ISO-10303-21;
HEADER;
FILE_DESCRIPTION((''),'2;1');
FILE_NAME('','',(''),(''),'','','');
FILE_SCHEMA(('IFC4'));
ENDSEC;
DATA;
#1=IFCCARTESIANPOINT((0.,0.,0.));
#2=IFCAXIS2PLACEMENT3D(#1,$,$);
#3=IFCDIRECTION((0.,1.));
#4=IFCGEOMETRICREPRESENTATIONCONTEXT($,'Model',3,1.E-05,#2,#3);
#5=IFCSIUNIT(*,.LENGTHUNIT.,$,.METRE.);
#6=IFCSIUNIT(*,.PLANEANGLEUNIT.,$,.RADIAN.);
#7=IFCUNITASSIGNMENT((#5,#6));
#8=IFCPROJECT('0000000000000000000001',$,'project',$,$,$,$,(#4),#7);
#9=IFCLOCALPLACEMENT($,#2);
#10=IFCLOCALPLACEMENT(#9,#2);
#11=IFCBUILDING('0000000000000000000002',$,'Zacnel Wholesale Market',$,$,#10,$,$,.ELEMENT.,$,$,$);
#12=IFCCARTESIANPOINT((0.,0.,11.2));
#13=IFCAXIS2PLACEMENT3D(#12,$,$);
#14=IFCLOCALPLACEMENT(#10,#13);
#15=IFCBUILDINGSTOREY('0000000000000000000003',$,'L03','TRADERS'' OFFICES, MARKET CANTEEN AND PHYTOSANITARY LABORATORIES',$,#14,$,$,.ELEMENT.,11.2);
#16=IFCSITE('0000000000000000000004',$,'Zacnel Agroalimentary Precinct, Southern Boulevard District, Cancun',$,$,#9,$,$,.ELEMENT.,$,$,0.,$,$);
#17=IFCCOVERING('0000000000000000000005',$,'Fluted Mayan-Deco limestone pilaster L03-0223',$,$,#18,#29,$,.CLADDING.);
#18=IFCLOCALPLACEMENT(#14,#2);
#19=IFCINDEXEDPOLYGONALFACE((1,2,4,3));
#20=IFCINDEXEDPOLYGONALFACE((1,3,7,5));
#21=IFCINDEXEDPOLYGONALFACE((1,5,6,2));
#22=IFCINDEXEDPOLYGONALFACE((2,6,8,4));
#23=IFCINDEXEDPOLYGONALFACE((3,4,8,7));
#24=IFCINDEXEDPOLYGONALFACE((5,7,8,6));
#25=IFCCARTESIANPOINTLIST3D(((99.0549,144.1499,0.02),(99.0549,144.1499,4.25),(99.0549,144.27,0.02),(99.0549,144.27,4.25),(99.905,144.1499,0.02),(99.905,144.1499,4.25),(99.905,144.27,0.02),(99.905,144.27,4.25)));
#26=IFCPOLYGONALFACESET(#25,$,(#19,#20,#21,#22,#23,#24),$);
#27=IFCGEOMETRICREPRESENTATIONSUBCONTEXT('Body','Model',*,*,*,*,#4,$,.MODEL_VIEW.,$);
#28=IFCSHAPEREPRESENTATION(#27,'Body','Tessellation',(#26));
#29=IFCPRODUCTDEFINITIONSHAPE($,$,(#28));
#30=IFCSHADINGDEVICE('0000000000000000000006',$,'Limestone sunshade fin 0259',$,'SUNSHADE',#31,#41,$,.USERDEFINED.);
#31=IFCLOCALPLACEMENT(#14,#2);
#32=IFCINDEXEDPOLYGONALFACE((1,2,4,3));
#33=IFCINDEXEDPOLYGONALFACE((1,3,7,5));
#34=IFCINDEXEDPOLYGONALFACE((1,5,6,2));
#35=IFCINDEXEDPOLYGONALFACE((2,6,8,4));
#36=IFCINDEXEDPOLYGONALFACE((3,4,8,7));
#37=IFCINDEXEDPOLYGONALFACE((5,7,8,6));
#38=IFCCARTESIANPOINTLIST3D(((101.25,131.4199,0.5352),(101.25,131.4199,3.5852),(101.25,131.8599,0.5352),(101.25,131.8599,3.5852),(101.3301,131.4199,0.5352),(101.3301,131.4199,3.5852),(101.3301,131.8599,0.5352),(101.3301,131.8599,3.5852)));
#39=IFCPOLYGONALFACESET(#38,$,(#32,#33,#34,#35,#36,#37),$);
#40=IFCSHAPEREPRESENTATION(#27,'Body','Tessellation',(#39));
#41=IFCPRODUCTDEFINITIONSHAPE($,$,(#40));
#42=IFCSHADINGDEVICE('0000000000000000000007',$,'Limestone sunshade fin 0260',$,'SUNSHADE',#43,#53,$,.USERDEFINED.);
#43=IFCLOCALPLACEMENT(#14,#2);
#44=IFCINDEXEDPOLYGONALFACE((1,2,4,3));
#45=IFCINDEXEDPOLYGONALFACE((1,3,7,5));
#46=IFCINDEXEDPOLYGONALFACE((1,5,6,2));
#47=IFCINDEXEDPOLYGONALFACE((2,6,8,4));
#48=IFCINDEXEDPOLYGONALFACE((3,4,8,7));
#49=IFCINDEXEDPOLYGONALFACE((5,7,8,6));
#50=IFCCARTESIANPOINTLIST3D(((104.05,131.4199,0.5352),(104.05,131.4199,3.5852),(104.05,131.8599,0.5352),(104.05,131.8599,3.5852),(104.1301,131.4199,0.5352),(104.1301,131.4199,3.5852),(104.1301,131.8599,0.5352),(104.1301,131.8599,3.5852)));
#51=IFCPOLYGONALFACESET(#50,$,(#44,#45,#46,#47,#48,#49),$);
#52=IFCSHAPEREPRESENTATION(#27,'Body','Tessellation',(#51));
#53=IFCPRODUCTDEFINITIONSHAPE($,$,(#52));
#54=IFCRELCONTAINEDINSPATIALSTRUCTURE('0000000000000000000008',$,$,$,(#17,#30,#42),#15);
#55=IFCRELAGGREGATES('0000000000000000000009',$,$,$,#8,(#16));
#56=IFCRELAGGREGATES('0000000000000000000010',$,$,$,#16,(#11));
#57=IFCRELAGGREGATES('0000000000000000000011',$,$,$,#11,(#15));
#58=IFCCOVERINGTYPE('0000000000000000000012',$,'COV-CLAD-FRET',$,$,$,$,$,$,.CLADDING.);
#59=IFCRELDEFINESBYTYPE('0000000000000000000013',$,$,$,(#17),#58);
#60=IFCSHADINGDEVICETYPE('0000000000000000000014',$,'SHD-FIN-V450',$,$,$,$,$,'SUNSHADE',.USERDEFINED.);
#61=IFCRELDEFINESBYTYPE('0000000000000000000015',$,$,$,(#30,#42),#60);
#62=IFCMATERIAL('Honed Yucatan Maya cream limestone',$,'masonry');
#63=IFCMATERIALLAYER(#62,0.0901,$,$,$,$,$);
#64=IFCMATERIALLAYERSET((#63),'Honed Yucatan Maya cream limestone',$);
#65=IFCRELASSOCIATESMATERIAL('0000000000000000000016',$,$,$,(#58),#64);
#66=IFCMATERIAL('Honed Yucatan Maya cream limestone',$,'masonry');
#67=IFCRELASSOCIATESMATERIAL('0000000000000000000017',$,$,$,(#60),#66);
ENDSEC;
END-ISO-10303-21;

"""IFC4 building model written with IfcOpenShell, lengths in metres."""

from ifc_helpers import new_model, si_unit, direction, frame, origin, origin_2d, place, context, subcontext, project, spatial, rectangle, extrude, material, layer, layer_set, type_object, element, save


model = new_model("IFC4")

# Units and contexts
model_context = context("Model", 3, precision=1e-05, world=origin(), true_north=direction((0.0, 1.0)))
body_context = subcontext(model_context, "Body", "Model", "MODEL_VIEW")
ifc_project = project(units=[si_unit("LENGTHUNIT", "METRE"), si_unit("PLANEANGLEUNIT", "RADIAN")], contexts=[model_context])

# Site, building, storey
site_placement = place(None, origin())
site = spatial("IfcSite", under=ifc_project, at=site_placement, Name="Zacnel Agroalimentary Precinct, Southern Boulevard District, Cancun", CompositionType="ELEMENT", RefElevation=0.0)
building_placement = place(site_placement, origin())
building = spatial("IfcBuilding", under=site, at=building_placement, Name="Zacnel Wholesale Market", CompositionType="ELEMENT")
storey_placement = place(building_placement, frame((0.0, 0.0, 11.2)))
storey = spatial("IfcBuildingStorey", under=building, at=storey_placement, Name="L03", Description="TRADERS' OFFICES, MARKET CANTEEN AND PHYTOSANITARY LABORATORIES", CompositionType="ELEMENT", Elevation=11.2)

# Covering
ifc_material_1 = material(Name="Honed Yucatan Maya cream limestone", Category="masonry")
ifc_layer_1 = layer(ifc_material_1, 0.0901)
ifc_layer_set_1 = layer_set([ifc_layer_1], Name="Honed Yucatan Maya cream limestone")
covering_type = type_object("IfcCoveringType", Name="COV-CLAD-FRET", PredefinedType="CLADDING", material=ifc_layer_set_1)
for number, where, z_axis, x_axis, name in (
    (1, (99.48, 144.21, 0.02), (0.0, 0.0, 1.0), (1.0, 0.0, 0.0), "Fluted Mayan-Deco limestone pilaster L03-0223"),
):
    element("IfcCovering", number, at=place(storey_placement, frame(where, z_axis=z_axis, x_axis=x_axis)), inside=storey, type_object=covering_type, Name=name, PredefinedType="CLADDING", context=body_context, shape_type="SweptSolid", body=[
        extrude(rectangle(XDim=0.8501, YDim=0.1201, at=origin_2d()), origin(), (0.0, 0.0, 1.0), 4.23),
    ])

# Shading devices
ifc_material_2 = material(Name="Honed Yucatan Maya cream limestone", Category="masonry")
shading_device_type = type_object("IfcShadingDeviceType", Name="SHD-FIN-V450", ElementType="SUNSHADE", PredefinedType="USERDEFINED", material=ifc_material_2)
for number, where, z_axis, x_axis, name in (
    (2, (101.29, 131.6399, 0.5352), (0.0, 0.0, 1.0), (1.0, 0.0, 0.0), "Limestone sunshade fin 0259"),
    (3, (104.0901, 131.6399, 0.5352), (0.0, 0.0, 1.0), (1.0, 0.0, 0.0), "Limestone sunshade fin 0260"),
):
    element("IfcShadingDevice", number, at=place(storey_placement, frame(where, z_axis=z_axis, x_axis=x_axis)), inside=storey, type_object=shading_device_type, Name=name, ObjectType="SUNSHADE", PredefinedType="USERDEFINED", context=body_context, shape_type="SweptSolid", body=[
        extrude(rectangle(XDim=0.0801, YDim=0.4399, at=origin_2d()), origin(), (0.0, 0.0, 1.0), 3.05),
    ])

save(model, "model.ifc")
